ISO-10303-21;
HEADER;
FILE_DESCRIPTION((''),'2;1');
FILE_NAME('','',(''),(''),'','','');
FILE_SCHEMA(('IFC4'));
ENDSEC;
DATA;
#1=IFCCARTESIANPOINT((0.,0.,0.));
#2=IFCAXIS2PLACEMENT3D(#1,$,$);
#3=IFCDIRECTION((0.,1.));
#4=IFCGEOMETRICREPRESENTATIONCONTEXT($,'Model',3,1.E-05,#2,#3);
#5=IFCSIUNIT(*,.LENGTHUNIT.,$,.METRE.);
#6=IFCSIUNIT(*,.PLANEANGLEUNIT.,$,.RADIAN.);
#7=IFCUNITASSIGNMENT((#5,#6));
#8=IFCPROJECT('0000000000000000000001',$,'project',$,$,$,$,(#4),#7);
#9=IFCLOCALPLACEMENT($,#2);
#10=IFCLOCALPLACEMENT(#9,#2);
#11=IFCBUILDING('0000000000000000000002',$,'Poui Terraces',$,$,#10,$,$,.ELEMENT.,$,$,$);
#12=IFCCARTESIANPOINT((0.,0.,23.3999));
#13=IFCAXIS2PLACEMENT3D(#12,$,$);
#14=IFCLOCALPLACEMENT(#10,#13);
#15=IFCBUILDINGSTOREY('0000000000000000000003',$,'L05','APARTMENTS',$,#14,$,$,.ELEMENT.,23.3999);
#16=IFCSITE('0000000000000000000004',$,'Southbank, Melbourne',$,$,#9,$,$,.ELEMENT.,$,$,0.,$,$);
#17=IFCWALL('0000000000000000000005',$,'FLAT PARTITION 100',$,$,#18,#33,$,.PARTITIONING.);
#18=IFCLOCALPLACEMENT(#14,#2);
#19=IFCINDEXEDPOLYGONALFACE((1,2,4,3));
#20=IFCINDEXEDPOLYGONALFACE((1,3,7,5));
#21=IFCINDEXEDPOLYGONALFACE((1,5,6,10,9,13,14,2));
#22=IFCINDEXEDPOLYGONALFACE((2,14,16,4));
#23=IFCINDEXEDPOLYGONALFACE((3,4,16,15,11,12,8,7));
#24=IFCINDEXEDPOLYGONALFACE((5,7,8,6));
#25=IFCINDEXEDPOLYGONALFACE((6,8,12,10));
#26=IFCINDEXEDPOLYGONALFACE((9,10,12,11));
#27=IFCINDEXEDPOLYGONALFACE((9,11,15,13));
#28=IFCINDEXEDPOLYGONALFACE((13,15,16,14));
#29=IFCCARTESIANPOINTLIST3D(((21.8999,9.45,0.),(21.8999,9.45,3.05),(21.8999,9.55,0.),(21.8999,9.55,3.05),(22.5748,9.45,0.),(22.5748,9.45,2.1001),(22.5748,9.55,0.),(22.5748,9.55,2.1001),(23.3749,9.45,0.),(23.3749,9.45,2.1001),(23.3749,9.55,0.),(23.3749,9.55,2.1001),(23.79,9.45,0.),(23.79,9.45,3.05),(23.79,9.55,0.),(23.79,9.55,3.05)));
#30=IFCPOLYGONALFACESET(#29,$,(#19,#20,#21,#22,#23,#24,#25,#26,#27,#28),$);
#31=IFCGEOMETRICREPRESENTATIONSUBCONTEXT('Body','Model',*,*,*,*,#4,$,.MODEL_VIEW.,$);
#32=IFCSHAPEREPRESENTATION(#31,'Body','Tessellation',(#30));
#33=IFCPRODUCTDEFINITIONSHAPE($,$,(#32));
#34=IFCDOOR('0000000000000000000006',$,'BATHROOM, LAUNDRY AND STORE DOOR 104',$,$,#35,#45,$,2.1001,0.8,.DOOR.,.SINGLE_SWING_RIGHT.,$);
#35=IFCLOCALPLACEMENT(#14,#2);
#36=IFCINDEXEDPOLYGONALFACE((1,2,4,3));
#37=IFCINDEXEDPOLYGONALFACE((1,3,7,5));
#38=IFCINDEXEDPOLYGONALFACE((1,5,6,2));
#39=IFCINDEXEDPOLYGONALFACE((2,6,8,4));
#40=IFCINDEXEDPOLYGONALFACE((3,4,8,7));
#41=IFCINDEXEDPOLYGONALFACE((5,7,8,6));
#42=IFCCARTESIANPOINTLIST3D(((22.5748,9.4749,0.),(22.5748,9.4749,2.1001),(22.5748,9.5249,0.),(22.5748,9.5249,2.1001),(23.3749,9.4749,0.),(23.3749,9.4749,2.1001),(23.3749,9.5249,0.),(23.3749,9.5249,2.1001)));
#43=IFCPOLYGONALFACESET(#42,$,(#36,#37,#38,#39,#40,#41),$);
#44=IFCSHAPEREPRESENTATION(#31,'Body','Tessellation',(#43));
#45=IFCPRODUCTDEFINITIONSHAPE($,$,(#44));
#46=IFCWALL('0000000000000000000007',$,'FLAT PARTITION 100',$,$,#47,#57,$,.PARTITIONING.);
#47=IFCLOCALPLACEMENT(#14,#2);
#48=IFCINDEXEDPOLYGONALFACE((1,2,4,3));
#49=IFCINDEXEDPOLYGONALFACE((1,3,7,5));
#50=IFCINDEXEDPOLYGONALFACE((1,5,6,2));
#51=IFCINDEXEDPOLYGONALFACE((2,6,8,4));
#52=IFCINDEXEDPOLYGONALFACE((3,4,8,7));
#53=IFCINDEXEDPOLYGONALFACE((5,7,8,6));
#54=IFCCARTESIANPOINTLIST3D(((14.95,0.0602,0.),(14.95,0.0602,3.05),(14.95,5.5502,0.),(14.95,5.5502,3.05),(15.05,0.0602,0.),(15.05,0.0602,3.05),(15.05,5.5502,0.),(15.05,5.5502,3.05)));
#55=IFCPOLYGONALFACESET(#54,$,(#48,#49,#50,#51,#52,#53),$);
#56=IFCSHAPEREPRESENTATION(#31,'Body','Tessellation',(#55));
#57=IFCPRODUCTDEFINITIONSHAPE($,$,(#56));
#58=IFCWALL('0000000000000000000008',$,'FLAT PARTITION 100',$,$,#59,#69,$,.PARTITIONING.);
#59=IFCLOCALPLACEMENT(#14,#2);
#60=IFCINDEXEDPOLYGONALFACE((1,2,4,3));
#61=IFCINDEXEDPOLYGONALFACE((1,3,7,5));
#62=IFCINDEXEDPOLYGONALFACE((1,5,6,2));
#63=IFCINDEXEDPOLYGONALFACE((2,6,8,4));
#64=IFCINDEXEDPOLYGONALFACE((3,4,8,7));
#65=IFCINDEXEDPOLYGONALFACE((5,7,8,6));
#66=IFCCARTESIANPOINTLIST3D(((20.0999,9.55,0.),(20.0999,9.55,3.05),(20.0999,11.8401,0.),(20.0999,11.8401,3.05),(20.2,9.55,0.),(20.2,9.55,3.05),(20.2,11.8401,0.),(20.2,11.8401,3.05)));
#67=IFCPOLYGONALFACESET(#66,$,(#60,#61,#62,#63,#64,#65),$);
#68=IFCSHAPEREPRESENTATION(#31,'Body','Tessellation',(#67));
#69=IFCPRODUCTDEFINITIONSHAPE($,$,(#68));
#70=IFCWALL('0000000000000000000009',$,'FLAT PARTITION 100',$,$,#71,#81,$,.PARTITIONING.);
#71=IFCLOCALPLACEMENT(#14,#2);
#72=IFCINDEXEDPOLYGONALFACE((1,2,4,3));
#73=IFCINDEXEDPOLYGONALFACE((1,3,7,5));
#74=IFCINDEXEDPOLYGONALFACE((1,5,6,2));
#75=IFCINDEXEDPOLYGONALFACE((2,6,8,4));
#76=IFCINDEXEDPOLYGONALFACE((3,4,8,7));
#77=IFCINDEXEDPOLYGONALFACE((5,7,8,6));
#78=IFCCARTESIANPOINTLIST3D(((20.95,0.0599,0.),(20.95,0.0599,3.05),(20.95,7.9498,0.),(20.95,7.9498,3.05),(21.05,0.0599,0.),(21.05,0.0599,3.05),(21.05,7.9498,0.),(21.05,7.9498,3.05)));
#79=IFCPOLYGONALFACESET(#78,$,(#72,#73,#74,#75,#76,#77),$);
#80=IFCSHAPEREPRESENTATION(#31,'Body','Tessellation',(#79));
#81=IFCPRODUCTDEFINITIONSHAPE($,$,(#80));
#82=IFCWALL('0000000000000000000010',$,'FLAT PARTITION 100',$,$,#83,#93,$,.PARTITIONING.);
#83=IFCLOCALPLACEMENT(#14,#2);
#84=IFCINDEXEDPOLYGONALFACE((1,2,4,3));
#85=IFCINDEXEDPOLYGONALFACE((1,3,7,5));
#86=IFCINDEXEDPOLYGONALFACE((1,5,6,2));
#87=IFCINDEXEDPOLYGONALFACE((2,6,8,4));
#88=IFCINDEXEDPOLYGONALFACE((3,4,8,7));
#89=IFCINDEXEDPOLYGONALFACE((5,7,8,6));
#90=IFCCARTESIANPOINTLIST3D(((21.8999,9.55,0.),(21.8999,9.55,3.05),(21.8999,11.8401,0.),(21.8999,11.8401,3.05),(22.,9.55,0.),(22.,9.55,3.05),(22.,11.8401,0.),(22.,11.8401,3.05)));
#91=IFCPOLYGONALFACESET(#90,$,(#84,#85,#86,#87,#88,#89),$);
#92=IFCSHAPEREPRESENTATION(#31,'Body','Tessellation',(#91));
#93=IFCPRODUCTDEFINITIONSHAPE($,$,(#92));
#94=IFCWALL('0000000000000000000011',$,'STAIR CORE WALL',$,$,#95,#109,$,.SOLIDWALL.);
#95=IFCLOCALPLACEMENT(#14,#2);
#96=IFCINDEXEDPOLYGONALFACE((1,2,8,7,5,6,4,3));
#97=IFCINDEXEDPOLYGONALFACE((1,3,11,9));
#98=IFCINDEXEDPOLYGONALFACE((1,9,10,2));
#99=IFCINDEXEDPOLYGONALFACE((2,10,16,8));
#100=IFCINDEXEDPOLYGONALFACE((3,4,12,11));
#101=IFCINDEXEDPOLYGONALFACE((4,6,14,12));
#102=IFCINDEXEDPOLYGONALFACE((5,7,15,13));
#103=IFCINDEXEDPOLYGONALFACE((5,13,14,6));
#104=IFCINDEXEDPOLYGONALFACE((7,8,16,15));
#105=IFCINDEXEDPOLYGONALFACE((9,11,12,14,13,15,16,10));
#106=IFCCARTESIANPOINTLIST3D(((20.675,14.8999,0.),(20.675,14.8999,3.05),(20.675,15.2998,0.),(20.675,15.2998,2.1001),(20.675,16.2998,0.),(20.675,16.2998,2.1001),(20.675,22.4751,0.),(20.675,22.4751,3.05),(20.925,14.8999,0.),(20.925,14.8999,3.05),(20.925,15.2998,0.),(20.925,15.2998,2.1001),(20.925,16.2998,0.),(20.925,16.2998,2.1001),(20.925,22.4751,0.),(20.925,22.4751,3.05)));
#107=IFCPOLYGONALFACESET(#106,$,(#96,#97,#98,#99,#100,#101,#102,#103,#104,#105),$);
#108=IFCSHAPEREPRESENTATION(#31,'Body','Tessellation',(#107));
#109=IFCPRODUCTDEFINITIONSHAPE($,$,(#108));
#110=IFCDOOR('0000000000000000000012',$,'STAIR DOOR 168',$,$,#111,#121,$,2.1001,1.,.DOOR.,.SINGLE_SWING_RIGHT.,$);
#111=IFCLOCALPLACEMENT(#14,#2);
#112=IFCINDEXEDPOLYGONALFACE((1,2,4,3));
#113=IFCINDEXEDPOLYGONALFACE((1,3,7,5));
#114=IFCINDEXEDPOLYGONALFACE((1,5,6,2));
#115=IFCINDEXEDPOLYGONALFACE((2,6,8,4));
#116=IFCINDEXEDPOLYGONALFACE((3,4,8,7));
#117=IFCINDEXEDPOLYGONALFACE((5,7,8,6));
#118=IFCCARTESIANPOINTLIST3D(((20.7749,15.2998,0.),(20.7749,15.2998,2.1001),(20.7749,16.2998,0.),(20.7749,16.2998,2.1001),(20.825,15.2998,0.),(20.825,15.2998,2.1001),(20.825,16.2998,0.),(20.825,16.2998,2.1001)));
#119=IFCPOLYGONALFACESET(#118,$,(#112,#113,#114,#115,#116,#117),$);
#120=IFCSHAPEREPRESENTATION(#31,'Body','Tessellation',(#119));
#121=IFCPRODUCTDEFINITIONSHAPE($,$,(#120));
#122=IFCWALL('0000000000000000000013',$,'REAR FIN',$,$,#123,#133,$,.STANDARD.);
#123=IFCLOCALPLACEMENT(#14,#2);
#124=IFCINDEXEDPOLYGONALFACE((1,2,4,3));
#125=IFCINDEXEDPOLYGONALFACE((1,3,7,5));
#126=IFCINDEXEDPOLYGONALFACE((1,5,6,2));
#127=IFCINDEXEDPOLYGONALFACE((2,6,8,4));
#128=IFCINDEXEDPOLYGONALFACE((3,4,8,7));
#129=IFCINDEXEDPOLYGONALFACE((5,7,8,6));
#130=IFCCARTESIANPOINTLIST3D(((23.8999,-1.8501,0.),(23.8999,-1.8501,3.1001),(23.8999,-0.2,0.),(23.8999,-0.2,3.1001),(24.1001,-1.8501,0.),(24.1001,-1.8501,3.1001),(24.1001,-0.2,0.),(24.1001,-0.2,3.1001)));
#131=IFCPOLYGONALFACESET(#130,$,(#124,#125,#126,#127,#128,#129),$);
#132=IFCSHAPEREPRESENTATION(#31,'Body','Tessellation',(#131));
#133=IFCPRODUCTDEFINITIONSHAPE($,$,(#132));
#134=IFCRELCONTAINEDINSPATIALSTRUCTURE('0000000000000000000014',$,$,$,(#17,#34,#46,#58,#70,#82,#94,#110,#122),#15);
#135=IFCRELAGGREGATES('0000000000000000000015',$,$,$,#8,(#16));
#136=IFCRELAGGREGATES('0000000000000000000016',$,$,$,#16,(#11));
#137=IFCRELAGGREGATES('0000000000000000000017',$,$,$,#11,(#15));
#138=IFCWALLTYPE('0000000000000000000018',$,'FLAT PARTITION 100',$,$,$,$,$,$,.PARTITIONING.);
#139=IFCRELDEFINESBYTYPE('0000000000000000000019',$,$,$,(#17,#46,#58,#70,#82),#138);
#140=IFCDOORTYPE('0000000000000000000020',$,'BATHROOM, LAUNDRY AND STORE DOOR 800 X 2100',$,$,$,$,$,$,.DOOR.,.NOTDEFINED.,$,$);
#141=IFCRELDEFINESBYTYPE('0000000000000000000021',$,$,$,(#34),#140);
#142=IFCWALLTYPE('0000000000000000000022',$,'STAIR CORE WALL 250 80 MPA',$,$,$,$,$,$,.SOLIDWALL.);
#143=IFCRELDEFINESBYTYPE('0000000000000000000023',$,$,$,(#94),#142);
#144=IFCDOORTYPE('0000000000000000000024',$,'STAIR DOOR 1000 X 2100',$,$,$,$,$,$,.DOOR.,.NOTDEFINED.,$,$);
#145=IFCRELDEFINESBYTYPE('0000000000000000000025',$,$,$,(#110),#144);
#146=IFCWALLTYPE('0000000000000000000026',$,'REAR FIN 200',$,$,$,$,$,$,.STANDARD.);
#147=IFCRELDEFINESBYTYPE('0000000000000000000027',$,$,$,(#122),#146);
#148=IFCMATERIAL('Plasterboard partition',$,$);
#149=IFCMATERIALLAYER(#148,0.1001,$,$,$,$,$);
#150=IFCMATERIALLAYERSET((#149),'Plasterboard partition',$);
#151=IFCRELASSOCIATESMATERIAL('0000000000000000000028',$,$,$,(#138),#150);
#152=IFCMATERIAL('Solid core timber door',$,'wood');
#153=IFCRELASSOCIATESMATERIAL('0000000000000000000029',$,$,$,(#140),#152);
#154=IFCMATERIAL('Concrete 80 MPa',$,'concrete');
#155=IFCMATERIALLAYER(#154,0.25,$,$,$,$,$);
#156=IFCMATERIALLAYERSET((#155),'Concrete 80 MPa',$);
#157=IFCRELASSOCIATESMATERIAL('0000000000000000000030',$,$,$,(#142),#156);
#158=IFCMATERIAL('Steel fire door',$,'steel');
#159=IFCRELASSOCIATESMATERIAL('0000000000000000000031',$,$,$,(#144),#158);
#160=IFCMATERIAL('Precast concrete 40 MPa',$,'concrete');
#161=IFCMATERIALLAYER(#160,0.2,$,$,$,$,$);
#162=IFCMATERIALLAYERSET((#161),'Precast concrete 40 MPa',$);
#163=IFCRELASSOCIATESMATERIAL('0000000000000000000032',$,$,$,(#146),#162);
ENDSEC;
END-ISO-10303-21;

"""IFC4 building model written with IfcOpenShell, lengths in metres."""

from ifc_helpers import new_model, si_unit, direction, frame, frame_2d, origin, place, context, subcontext, project, spatial, polyline, rectangle, outline, extrude, source, transform, mapped, material, layer, layer_set, type_object, element, fill, save


model = new_model("IFC4")

# Units and contexts
model_context = context("Model", 3, precision=1e-05, world=origin(), true_north=direction((0.0, 1.0)))
body_context = subcontext(model_context, "Body", "Model", "MODEL_VIEW")
ifc_project = project(units=[si_unit("LENGTHUNIT", "METRE"), si_unit("PLANEANGLEUNIT", "RADIAN")], contexts=[model_context])

# Site, building, storey
site_placement = place(None, origin())
site = spatial("IfcSite", under=ifc_project, at=site_placement, Name="Southbank, Melbourne", CompositionType="ELEMENT", RefElevation=0.0)
building_placement = place(site_placement, origin())
building = spatial("IfcBuilding", under=site, at=building_placement, Name="Poui Terraces", CompositionType="ELEMENT")
storey_placement = place(building_placement, frame((0.0, 0.0, 23.3999)))
storey = spatial("IfcBuildingStorey", under=building, at=storey_placement, Name="L05", Description="APARTMENTS", CompositionType="ELEMENT", Elevation=23.3999)

# Shared definitions
ifc_material_1 = material(Name="Concrete 80 MPa", Category="concrete")

# Shared definitions
ifc_material_2 = material(Name="Precast concrete 40 MPa", Category="concrete")

# Shared definitions
ifc_material_3 = material(Name="Steel fire door", Category="steel")

# Wall, opening, door
ifc_material_4 = material(Name="Plasterboard partition")
ifc_layer_1 = layer(ifc_material_4, 0.1001)
ifc_layer_set_1 = layer_set([ifc_layer_1], Name="Plasterboard partition")
wall_type_1 = type_object("IfcWallType", Name="FLAT PARTITION 100", PredefinedType="PARTITIONING", material=ifc_layer_set_1)
ifc_material_5 = material(Name="Solid core timber door", Category="wood")
wall_1_placement = place(storey_placement, frame((21.8999, 9.5, 0.0), z_axis=(0.0, 0.0, 1.0), x_axis=(1.0, 0.0, 0.0)))
wall_1 = element("IfcWall", 1, at=wall_1_placement, inside=storey, type_object=wall_type_1, Name="FLAT PARTITION 100", PredefinedType="PARTITIONING", context=body_context, shape_type="SweptSolid", body=[
    extrude(rectangle(XDim=1.8901, YDim=0.1001, at=frame_2d((0.9451, 0.0))), origin(), (0.0, 0.0, 1.0), 3.05),
])
opening_1_placement = place(wall_1_placement, frame((0.675, 0.0, 0.0)))
opening_1 = element("IfcOpeningElement", 2, at=opening_1_placement, cuts=wall_1, PredefinedType="OPENING", context=body_context, shape_type="SweptSolid", body=[
    extrude(rectangle(XDim=0.8, YDim=2.1001, at=frame_2d((0.3999, 1.05))), frame((0.0, 0.0601, 0.0), z_axis=(0.0, -1.0, 0.0), x_axis=(1.0, 0.0, 0.0)), (0.0, 0.0, 1.0), 0.1201),
])
door_type_1 = type_object("IfcDoorType", Name="BATHROOM, LAUNDRY AND STORE DOOR 800 X 2100", OperationType="NOTDEFINED", PredefinedType="DOOR", material=ifc_material_5)
door_1_placement = place(opening_1_placement, origin())
door_1 = element("IfcDoor", 3, at=door_1_placement, inside=storey, type_object=door_type_1, Name="BATHROOM, LAUNDRY AND STORE DOOR 104", OperationType="SINGLE_SWING_RIGHT", OverallHeight=2.1001, OverallWidth=0.8, PredefinedType="DOOR", context=body_context, shape_type="SweptSolid", body=[
    extrude(rectangle(XDim=0.8, YDim=2.1001, at=frame_2d((0.3999, 1.05))), frame((0.0, 0.0249, 0.0), z_axis=(0.0, -1.0, 0.0), x_axis=(1.0, 0.0, 0.0)), (0.0, 0.0, 1.0), 0.05),
])
fill(opening_1, door_1)

# Walls
wall_2_placement = place(storey_placement, frame((15.0, 0.0601, 0.0), z_axis=(0.0, 0.0, 1.0), x_axis=(0.0, 1.0, 0.0)))
element("IfcWall", 4, at=wall_2_placement, inside=storey, type_object=wall_type_1, Name="FLAT PARTITION 100", PredefinedType="PARTITIONING", context=body_context, shape_type="SweptSolid", body=[
    extrude(rectangle(XDim=5.49, YDim=0.1001, at=frame_2d((2.7451, 0.0))), origin(), (0.0, 0.0, 1.0), 3.05),
])
wall_3_placement = place(storey_placement, frame((20.1499, 9.55, 0.0), z_axis=(0.0, 0.0, 1.0), x_axis=(0.0, 1.0, 0.0)))
element("IfcWall", 5, at=wall_3_placement, inside=storey, type_object=wall_type_1, Name="FLAT PARTITION 100", PredefinedType="PARTITIONING", context=body_context, shape_type="SweptSolid", body=[
    extrude(rectangle(XDim=2.29, YDim=0.1001, at=frame_2d((1.145, 0.0))), origin(), (0.0, 0.0, 1.0), 3.05),
])
wall_4_placement = place(storey_placement, frame((21.0, 0.0601, 0.0), z_axis=(0.0, 0.0, 1.0), x_axis=(0.0, 1.0, 0.0)))
element("IfcWall", 6, at=wall_4_placement, inside=storey, type_object=wall_type_1, Name="FLAT PARTITION 100", PredefinedType="PARTITIONING", context=body_context, shape_type="SweptSolid", body=[
    extrude(rectangle(XDim=7.8899, YDim=0.1001, at=frame_2d((3.9448, 0.0))), origin(), (0.0, 0.0, 1.0), 3.05),
])
wall_5_placement = place(storey_placement, frame((21.95, 9.55, 0.0), z_axis=(0.0, 0.0, 1.0), x_axis=(0.0, 1.0, 0.0)))
element("IfcWall", 7, at=wall_5_placement, inside=storey, type_object=wall_type_1, Name="FLAT PARTITION 100", PredefinedType="PARTITIONING", context=body_context, shape_type="SweptSolid", body=[
    extrude(rectangle(XDim=2.29, YDim=0.1001, at=frame_2d((1.145, 0.0))), origin(), (0.0, 0.0, 1.0), 3.05),
])

# Wall, opening, door
ifc_layer_2 = layer(ifc_material_1, 0.25)
ifc_layer_set_2 = layer_set([ifc_layer_2], Name="Concrete 80 MPa")
wall_type_2 = type_object("IfcWallType", Name="STAIR CORE WALL 250 80 MPA", PredefinedType="SOLIDWALL", material=ifc_layer_set_2)
wall_6_placement = place(storey_placement, frame((20.8, 14.8999, 0.0), z_axis=(0.0, 0.0, 1.0), x_axis=(0.0, 1.0, 0.0)))
wall_6 = element("IfcWall", 8, at=wall_6_placement, inside=storey, type_object=wall_type_2, Name="STAIR CORE WALL", PredefinedType="SOLIDWALL", context=body_context, shape_type="SweptSolid", body=[
    extrude(rectangle(XDim=7.5752, YDim=0.25, at=frame_2d((3.7876, 0.0))), origin(), (0.0, 0.0, 1.0), 3.05),
])
opening_2_placement = place(wall_6_placement, frame((0.3999, 0.0, 0.0)))
opening_2 = element("IfcOpeningElement", 9, at=opening_2_placement, cuts=wall_6, PredefinedType="OPENING", context=body_context, shape_type="SweptSolid", body=[
    extrude(rectangle(XDim=1.0, YDim=2.1001, at=frame_2d((0.5, 1.05))), frame((0.0, 0.135, 0.0), z_axis=(0.0, -1.0, 0.0), x_axis=(1.0, 0.0, 0.0)), (0.0, 0.0, 1.0), 0.27),
])
door_type_2 = type_object("IfcDoorType", Name="STAIR DOOR 1000 X 2100", OperationType="NOTDEFINED", PredefinedType="DOOR", material=ifc_material_3)
door_2_placement = place(opening_2_placement, frame((1.0, 0.0, 0.0), z_axis=(0.0, 0.0, 1.0), x_axis=(-1.0, 0.0, 0.0)))
door_2 = element("IfcDoor", 10, at=door_2_placement, inside=storey, type_object=door_type_2, Name="STAIR DOOR 168", OperationType="SINGLE_SWING_RIGHT", OverallHeight=2.1001, OverallWidth=1.0, PredefinedType="DOOR", context=body_context, shape_type="SweptSolid", body=[
    extrude(rectangle(XDim=1.0, YDim=2.1001, at=frame_2d((0.5, 1.05))), frame((0.0, 0.0249, 0.0), z_axis=(0.0, -1.0, 0.0), x_axis=(1.0, 0.0, 0.0)), (0.0, 0.0, 1.0), 0.05),
])
fill(opening_2, door_2)

# Wall
ifc_layer_3 = layer(ifc_material_2, 0.2)
ifc_layer_set_3 = layer_set([ifc_layer_3], Name="Precast concrete 40 MPa")
wall_type_3 = type_object("IfcWallType", Name="REAR FIN 200", PredefinedType="STANDARD", material=ifc_layer_set_3)
shared_shape_1 = source(origin(), body_context, "Body", "SweptSolid", [
    extrude(outline(polyline([(0.0, 0.0), (0.2002, 0.0), (0.2002, 1.6501), (0.0, 1.6501), (0.0, 0.0)])), origin(), (0.0, 0.0, 1.0), 3.1001),
])
wall_7_placement = place(storey_placement, frame((23.8999, -1.8501, 0.0)))
element("IfcWall", 11, at=wall_7_placement, inside=storey, type_object=wall_type_3, Name="REAR FIN", PredefinedType="STANDARD", context=body_context, shape_type="MappedRepresentation", body=[
    mapped(shared_shape_1, transform((0.0, 0.0, 0.0))),
])

save(model, "model.ifc")
